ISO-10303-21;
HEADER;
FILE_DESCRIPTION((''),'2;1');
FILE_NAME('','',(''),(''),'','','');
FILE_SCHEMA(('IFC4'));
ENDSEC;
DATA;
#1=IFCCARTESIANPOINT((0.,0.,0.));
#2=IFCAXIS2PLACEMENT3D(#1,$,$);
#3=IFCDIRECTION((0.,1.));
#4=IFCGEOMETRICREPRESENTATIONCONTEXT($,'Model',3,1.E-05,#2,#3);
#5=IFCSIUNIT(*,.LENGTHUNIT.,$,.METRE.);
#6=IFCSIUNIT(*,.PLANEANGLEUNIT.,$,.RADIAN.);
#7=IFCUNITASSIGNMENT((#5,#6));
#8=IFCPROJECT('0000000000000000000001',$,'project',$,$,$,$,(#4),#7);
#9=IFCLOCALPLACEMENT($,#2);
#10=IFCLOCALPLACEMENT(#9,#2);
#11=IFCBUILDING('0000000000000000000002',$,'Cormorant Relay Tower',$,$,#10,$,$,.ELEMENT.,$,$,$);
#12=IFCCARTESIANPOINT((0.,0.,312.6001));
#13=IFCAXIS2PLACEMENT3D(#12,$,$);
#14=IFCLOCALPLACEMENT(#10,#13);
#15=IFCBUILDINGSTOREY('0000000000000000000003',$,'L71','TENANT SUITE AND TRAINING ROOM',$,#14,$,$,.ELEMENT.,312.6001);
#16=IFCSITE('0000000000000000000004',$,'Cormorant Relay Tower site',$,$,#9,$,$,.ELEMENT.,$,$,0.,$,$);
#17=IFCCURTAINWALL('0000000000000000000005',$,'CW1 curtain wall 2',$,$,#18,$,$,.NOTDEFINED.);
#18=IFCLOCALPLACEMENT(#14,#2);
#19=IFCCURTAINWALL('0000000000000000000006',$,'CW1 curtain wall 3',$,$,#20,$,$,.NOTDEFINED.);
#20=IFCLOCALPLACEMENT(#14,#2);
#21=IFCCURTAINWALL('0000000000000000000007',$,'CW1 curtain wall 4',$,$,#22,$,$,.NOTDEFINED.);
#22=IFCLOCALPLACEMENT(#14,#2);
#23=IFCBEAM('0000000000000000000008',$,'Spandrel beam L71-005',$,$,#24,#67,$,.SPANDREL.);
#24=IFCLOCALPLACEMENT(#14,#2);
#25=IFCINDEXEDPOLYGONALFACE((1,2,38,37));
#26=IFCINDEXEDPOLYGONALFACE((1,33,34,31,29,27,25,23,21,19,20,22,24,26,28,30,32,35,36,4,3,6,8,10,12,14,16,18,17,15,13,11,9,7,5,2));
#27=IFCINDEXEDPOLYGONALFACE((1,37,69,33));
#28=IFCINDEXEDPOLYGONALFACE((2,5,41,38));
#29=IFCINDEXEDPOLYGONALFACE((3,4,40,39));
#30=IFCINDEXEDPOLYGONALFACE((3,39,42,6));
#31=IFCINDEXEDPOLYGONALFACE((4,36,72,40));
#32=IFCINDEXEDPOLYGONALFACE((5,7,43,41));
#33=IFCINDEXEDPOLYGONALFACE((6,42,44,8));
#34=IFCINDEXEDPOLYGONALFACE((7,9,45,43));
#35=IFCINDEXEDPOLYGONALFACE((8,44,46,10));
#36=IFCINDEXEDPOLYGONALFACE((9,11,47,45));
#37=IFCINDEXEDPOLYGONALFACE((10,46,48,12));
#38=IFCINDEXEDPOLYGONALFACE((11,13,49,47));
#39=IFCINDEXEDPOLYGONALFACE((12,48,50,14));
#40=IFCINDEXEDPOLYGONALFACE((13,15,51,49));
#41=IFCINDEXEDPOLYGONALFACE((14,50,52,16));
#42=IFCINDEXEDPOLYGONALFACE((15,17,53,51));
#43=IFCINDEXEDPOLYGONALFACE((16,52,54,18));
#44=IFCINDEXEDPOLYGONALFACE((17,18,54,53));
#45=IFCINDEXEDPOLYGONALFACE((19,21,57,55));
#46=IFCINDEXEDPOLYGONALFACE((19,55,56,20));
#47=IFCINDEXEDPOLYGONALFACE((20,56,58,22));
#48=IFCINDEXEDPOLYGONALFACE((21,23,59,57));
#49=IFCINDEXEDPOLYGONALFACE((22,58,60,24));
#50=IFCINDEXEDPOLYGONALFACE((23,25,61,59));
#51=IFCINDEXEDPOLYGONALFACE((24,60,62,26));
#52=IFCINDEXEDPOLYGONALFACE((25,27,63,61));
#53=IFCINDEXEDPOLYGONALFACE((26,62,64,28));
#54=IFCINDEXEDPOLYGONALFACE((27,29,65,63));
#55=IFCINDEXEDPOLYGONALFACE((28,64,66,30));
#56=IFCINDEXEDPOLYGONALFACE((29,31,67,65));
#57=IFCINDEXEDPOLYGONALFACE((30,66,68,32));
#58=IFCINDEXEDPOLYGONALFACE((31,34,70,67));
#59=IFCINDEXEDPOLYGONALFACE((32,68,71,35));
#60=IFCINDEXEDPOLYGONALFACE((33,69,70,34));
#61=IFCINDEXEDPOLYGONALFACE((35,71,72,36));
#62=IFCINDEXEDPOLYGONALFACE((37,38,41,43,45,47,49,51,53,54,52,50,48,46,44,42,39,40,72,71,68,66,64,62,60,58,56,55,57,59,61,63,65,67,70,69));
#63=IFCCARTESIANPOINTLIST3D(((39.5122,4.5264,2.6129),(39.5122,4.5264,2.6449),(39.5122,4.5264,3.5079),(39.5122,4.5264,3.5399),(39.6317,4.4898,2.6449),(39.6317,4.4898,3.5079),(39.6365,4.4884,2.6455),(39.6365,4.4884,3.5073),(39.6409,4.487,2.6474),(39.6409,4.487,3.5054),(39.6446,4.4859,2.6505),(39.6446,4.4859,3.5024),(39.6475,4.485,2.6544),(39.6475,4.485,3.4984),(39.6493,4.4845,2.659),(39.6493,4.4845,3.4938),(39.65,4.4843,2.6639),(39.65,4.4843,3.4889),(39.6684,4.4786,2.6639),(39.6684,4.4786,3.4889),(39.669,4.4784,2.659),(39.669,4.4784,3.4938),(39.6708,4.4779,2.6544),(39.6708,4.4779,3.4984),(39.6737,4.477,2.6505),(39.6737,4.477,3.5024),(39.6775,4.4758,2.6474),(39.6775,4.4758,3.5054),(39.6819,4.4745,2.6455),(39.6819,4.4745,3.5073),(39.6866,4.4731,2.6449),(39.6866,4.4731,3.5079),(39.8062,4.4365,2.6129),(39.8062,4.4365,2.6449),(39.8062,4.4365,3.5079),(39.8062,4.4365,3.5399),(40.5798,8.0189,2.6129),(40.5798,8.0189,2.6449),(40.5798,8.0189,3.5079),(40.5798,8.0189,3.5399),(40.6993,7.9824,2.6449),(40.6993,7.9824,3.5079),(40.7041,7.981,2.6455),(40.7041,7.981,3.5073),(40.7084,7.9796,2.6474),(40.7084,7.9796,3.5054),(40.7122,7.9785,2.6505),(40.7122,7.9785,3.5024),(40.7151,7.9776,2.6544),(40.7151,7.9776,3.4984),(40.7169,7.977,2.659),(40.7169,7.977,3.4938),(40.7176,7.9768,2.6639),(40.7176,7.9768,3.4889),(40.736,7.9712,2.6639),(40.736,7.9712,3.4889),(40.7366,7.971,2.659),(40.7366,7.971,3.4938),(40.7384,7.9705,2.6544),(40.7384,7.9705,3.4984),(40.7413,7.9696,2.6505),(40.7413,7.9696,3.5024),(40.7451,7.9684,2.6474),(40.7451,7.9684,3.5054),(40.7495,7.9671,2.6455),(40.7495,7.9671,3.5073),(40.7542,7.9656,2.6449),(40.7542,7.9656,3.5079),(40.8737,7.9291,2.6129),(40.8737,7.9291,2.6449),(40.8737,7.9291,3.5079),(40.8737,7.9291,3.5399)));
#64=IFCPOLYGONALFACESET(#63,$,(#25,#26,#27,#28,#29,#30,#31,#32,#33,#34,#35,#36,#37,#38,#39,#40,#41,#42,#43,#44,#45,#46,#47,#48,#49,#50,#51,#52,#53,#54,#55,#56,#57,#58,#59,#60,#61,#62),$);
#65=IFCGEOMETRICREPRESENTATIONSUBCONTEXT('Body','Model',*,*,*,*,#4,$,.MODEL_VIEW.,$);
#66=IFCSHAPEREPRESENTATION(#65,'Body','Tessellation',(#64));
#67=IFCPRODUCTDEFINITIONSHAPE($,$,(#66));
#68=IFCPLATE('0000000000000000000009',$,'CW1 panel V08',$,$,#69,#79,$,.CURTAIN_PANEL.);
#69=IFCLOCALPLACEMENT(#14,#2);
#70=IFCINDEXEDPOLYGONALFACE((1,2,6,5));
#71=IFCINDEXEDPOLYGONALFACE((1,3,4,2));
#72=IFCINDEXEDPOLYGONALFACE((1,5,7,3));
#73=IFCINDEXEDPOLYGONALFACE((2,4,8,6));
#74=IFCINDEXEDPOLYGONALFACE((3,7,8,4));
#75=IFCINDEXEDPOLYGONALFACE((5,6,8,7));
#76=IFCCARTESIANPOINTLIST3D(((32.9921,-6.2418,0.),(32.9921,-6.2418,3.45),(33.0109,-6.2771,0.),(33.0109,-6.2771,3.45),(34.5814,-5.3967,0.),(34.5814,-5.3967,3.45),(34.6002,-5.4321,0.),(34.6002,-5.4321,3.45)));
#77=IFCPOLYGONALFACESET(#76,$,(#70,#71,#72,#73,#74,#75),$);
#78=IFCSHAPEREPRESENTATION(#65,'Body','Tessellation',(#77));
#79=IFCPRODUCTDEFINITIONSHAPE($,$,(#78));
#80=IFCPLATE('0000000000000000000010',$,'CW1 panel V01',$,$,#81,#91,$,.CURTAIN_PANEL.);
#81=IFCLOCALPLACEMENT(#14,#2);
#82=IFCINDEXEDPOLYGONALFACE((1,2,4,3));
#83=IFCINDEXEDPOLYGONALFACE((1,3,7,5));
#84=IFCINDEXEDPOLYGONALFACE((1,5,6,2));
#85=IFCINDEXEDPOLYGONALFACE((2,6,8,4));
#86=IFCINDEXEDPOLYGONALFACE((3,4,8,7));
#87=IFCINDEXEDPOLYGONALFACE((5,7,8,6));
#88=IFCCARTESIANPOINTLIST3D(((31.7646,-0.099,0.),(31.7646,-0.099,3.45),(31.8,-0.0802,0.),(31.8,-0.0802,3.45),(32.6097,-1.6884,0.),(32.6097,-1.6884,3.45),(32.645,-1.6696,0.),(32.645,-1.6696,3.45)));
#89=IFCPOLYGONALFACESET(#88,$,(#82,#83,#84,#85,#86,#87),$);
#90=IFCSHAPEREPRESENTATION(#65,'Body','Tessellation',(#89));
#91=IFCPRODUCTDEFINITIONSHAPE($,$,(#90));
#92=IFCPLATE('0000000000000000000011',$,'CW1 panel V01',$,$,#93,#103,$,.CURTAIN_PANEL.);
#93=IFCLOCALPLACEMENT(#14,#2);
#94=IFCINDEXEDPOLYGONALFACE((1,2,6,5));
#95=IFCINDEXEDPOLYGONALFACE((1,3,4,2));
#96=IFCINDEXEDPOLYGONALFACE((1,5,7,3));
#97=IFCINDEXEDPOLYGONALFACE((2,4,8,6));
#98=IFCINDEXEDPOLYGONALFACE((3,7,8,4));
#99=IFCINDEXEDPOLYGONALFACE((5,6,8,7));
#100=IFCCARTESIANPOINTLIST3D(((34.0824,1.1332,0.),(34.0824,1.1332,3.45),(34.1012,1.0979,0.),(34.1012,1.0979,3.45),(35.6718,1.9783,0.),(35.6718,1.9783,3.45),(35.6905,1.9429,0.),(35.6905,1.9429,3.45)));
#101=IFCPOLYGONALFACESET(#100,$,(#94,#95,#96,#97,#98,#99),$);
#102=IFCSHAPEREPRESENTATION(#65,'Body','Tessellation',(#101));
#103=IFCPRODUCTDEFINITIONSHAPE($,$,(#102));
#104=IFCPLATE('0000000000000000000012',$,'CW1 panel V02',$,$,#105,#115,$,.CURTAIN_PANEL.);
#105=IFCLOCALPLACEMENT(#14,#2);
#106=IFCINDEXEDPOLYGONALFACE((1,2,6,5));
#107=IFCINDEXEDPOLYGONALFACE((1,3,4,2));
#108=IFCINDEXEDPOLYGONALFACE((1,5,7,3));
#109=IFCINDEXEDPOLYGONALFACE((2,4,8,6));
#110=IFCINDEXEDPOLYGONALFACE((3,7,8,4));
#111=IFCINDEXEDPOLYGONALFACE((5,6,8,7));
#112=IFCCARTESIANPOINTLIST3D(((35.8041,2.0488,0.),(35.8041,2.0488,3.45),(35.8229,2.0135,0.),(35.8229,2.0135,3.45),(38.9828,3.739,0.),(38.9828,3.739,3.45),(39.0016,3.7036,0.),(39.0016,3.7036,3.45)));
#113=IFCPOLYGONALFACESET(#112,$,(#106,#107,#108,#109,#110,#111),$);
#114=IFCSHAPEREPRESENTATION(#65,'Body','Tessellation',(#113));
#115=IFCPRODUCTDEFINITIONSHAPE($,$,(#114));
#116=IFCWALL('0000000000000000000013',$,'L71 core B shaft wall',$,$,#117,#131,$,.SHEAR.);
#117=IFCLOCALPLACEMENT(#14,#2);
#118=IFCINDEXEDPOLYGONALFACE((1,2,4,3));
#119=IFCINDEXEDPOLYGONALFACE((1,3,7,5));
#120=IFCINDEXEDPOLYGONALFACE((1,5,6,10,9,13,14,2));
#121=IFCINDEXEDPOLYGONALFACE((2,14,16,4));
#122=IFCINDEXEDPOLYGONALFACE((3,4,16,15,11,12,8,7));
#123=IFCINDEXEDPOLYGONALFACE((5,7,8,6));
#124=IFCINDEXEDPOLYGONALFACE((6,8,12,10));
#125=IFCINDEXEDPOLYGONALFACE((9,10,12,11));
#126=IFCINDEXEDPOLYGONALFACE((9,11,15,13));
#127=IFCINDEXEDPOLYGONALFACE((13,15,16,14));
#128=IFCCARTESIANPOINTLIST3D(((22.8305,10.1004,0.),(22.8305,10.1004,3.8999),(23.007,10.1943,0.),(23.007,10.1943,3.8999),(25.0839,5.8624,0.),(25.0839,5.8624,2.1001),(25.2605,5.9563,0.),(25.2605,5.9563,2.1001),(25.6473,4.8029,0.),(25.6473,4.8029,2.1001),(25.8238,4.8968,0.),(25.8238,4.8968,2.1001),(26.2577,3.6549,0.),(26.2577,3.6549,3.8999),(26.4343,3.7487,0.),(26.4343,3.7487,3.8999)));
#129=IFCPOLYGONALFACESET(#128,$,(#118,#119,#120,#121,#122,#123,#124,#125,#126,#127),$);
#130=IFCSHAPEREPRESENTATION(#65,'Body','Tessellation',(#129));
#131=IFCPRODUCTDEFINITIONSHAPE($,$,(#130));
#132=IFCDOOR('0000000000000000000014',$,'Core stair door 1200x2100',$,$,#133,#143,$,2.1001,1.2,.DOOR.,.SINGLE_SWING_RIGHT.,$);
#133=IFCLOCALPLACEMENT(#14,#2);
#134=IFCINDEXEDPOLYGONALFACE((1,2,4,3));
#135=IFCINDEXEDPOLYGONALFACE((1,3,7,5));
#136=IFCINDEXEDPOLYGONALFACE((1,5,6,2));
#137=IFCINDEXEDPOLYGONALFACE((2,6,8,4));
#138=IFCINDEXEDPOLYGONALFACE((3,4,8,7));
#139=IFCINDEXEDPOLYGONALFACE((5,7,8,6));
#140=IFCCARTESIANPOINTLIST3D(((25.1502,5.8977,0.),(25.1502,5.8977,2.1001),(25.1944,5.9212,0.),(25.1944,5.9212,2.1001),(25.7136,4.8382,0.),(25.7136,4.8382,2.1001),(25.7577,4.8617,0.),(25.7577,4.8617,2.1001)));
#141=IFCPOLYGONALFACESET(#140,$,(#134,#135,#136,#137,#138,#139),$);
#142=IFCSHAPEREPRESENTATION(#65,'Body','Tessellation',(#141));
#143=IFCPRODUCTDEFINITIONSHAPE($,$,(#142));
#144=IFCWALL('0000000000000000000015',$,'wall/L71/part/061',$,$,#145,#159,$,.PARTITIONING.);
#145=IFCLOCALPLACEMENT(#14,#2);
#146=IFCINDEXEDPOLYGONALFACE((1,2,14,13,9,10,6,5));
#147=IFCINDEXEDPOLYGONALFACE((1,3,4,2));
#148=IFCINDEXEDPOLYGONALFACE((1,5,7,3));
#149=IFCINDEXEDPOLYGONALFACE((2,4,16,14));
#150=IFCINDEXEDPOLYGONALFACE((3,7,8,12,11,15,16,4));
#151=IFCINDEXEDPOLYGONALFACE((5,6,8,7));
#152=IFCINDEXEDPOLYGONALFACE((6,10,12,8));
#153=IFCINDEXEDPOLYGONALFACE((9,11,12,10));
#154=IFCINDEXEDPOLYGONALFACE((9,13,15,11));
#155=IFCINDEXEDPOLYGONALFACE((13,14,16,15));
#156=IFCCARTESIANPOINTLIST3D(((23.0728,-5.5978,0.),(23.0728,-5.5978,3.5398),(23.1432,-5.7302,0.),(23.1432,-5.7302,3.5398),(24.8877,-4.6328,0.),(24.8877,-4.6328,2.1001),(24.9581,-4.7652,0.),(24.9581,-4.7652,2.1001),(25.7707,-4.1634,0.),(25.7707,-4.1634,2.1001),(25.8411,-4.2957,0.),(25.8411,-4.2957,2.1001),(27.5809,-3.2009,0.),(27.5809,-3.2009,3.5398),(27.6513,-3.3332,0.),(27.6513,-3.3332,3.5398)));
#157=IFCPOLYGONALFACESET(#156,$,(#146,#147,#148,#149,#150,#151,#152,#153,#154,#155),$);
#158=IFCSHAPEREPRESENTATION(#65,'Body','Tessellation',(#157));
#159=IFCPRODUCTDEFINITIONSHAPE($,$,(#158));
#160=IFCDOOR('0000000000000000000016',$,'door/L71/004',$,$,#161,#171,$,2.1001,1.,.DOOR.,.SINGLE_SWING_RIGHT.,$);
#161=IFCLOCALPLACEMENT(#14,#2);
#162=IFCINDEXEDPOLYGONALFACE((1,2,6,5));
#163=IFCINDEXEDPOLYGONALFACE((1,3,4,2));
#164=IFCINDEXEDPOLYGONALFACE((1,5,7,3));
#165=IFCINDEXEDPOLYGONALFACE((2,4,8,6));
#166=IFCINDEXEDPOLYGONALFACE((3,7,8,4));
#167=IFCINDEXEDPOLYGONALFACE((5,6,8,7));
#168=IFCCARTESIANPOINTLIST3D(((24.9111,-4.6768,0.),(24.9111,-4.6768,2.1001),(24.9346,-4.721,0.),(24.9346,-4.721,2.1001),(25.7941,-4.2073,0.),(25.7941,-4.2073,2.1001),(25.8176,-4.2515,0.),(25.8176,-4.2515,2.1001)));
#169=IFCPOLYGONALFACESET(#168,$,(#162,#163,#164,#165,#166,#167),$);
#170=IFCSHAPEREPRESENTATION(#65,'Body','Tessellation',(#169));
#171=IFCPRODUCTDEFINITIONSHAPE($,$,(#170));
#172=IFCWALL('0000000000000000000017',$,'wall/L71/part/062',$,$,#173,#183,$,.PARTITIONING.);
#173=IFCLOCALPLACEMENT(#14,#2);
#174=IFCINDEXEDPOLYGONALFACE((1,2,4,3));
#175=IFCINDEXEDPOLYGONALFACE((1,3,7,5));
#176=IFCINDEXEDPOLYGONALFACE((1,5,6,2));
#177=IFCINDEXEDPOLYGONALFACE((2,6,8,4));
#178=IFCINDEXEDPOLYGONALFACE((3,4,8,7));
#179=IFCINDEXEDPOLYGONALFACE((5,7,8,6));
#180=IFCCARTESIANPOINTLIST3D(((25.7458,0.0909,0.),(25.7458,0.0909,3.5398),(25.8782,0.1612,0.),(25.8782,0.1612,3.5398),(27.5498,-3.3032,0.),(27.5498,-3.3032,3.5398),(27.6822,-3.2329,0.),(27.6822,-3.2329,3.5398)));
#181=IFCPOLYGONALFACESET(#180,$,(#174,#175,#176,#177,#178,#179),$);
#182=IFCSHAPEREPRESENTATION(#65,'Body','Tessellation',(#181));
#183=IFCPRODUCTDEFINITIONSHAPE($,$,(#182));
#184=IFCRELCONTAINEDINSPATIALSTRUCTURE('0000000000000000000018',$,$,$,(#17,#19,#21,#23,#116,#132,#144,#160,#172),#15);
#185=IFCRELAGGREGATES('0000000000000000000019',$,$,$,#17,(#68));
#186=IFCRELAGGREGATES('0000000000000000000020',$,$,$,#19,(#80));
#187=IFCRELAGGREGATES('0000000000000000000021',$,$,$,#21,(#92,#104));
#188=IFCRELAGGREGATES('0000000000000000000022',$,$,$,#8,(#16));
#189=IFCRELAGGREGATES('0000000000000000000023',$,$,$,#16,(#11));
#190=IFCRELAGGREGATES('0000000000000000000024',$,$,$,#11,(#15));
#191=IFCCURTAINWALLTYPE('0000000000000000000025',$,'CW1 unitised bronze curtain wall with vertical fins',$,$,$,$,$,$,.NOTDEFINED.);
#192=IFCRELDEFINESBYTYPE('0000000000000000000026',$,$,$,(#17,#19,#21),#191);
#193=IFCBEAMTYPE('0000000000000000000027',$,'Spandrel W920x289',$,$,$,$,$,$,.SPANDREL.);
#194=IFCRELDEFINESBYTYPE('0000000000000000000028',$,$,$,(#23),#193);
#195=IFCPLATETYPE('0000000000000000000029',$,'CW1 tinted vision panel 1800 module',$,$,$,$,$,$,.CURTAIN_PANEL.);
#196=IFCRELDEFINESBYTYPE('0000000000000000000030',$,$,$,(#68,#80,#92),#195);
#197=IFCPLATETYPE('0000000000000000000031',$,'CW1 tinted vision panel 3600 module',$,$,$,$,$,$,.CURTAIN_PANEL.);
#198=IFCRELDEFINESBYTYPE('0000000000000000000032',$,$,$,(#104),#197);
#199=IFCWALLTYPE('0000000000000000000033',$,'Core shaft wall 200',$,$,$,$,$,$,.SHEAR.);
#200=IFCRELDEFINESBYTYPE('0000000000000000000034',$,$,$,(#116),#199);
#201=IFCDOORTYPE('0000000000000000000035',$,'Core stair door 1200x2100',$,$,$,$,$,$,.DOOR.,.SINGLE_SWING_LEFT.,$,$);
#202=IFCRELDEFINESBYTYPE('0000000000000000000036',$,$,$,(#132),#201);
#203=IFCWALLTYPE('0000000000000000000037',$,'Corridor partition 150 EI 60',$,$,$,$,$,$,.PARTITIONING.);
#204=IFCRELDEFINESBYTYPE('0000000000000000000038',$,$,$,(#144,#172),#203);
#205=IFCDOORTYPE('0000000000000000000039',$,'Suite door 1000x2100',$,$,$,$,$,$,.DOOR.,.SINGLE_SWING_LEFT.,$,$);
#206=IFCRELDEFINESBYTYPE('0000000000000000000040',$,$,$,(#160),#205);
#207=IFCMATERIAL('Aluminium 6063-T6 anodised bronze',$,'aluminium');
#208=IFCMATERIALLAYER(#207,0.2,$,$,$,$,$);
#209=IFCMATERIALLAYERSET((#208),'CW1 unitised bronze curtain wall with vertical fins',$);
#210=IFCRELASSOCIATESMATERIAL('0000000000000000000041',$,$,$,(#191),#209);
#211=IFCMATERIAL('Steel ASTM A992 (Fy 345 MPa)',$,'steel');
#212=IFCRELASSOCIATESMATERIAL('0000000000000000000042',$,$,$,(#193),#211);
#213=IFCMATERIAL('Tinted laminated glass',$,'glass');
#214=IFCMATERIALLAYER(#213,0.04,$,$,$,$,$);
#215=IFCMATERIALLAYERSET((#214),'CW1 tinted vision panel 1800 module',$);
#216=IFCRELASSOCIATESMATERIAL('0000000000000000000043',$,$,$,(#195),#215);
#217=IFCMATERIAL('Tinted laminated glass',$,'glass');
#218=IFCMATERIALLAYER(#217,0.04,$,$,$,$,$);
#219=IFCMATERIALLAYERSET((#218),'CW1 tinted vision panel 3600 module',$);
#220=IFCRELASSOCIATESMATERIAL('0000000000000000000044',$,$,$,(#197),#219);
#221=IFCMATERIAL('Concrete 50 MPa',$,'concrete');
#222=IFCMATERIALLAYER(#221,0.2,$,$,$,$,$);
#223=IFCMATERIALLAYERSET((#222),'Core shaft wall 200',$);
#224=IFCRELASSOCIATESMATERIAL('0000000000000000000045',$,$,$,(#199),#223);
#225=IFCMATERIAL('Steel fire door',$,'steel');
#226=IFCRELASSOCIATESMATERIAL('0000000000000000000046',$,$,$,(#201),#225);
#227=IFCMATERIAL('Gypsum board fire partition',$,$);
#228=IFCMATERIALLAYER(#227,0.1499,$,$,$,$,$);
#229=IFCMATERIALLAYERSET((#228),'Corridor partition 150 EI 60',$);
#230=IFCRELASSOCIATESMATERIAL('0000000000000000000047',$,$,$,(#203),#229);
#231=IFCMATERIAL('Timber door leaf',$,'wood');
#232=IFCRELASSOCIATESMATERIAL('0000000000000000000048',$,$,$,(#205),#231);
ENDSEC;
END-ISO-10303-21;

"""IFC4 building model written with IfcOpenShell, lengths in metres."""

from ifc_helpers import new_model, si_unit, direction, frame, frame_2d, origin, origin_2d, place, context, subcontext, project, spatial, rectangle, i_section, extrude, material, layer, layer_set, material_profile, profile_set, type_object, element, fill, aggregate, save


model = new_model("IFC4")

# Units and contexts
model_context = context("Model", 3, precision=1e-05, world=origin(), true_north=direction((0.0, 1.0)))
body_context = subcontext(model_context, "Body", "Model", "MODEL_VIEW")
ifc_project = project(units=[si_unit("LENGTHUNIT", "METRE"), si_unit("PLANEANGLEUNIT", "RADIAN")], contexts=[model_context])

# Site, building, storey
site_placement = place(None, origin())
site = spatial("IfcSite", under=ifc_project, at=site_placement, Name="Cormorant Relay Tower site", CompositionType="ELEMENT", RefElevation=0.0)
building_placement = place(site_placement, origin())
building = spatial("IfcBuilding", under=site, at=building_placement, Name="Cormorant Relay Tower", CompositionType="ELEMENT")
storey_placement = place(building_placement, frame((0.0, 0.0, 312.6001)))
storey = spatial("IfcBuildingStorey", under=building, at=storey_placement, Name="L71", Description="TENANT SUITE AND TRAINING ROOM", CompositionType="ELEMENT", Elevation=312.6001)

# Curtain walls
ifc_material_1 = material(Name="Aluminium 6063-T6 anodised bronze", Category="aluminium")
ifc_layer_1 = layer(ifc_material_1, 0.2)
ifc_layer_set_1 = layer_set([ifc_layer_1], Name="CW1 unitised bronze curtain wall with vertical fins")
curtain_wall_type = type_object("IfcCurtainWallType", Name="CW1 unitised bronze curtain wall with vertical fins", PredefinedType="NOTDEFINED", material=ifc_layer_set_1)
curtain_wall_1_placement = place(storey_placement, origin())
curtain_wall_1 = element("IfcCurtainWall", 1, at=curtain_wall_1_placement, inside=storey, type_object=curtain_wall_type, Name="CW1 curtain wall 2", PredefinedType="NOTDEFINED")
curtain_wall_2_placement = place(storey_placement, origin())
curtain_wall_2 = element("IfcCurtainWall", 2, at=curtain_wall_2_placement, inside=storey, type_object=curtain_wall_type, Name="CW1 curtain wall 3", PredefinedType="NOTDEFINED")

# Curtain wall
curtain_wall_3_placement = place(storey_placement, origin())
curtain_wall_3 = element("IfcCurtainWall", 3, at=curtain_wall_3_placement, inside=storey, type_object=curtain_wall_type, Name="CW1 curtain wall 4", PredefinedType="NOTDEFINED")

# Beam
ifc_material_2 = material(Name="Steel ASTM A992 (Fy 345 MPa)", Category="steel")
ifc_material_profile_1 = material_profile(ifc_material_2, i_section(OverallWidth=0.3074, OverallDepth=0.927, WebThickness=0.0193, FlangeThickness=0.032, FilletRadius=0.019, at=origin_2d()), Name="W920x289")
ifc_profile_set_1 = profile_set([ifc_material_profile_1], Name="Steel ASTM A992 (Fy 345 MPa)")
beam_type = type_object("IfcBeamType", Name="Spandrel W920x289", PredefinedType="SPANDREL", material=ifc_profile_set_1)
beam_1_placement = place(storey_placement, frame((39.6592, 4.4814, 3.0764), z_axis=(0.292324, 0.956319, 0.0), x_axis=(-0.956319, 0.292324, 0.0)))
element("IfcBeam", 4, at=beam_1_placement, inside=storey, type_object=beam_type, Name="Spandrel beam L71-005", PredefinedType="SPANDREL", context=body_context, shape_type="SweptSolid", body=[
    extrude(i_section(OverallWidth=0.3074, OverallDepth=0.927, WebThickness=0.0193, FlangeThickness=0.032, FilletRadius=0.019, at=origin_2d()), origin(), (0.0, 0.0, 1.0), 3.6521),
])

# Plates
ifc_material_3 = material(Name="Tinted laminated glass", Category="glass")
ifc_layer_2 = layer(ifc_material_3, 0.04)
ifc_layer_set_2 = layer_set([ifc_layer_2], Name="CW1 tinted vision panel 1800 module")
plate_type_1 = type_object("IfcPlateType", Name="CW1 tinted vision panel 1800 module", PredefinedType="CURTAIN_PANEL", material=ifc_layer_set_2)
plate_1_placement = place(storey_placement, frame((33.7961, -5.8369, 0.0), z_axis=(0.0, 0.0, 1.0), x_axis=(0.882948, 0.469472, 0.0)))
plate_1 = element("IfcPlate", 5, at=plate_1_placement, type_object=plate_type_1, Name="CW1 panel V08", PredefinedType="CURTAIN_PANEL", context=body_context, shape_type="SweptSolid", body=[
    extrude(rectangle(XDim=1.8, YDim=0.04, at=origin_2d()), origin(), (0.0, 0.0, 1.0), 3.45),
])
plate_2_placement = place(storey_placement, frame((32.2048, -0.8843, 0.0), z_axis=(0.0, 0.0, 1.0), x_axis=(-0.469472, 0.882948, 0.0)))
plate_2 = element("IfcPlate", 6, at=plate_2_placement, type_object=plate_type_1, Name="CW1 panel V01", PredefinedType="CURTAIN_PANEL", context=body_context, shape_type="SweptSolid", body=[
    extrude(rectangle(XDim=1.8, YDim=0.04, at=origin_2d()), origin(), (0.0, 0.0, 1.0), 3.45),
])
plate_3_placement = place(storey_placement, frame((34.8865, 1.5381, 0.0), z_axis=(0.0, 0.0, 1.0), x_axis=(0.882948, 0.469472, 0.0)))
plate_3 = element("IfcPlate", 7, at=plate_3_placement, type_object=plate_type_1, Name="CW1 panel V01", PredefinedType="CURTAIN_PANEL", context=body_context, shape_type="SweptSolid", body=[
    extrude(rectangle(XDim=1.8, YDim=0.04, at=origin_2d()), origin(), (0.0, 0.0, 1.0), 3.45),
])
ifc_material_4 = material(Name="Tinted laminated glass", Category="glass")
ifc_layer_3 = layer(ifc_material_4, 0.04)
ifc_layer_set_3 = layer_set([ifc_layer_3], Name="CW1 tinted vision panel 3600 module")
plate_type_2 = type_object("IfcPlateType", Name="CW1 tinted vision panel 3600 module", PredefinedType="CURTAIN_PANEL", material=ifc_layer_set_3)
plate_4_placement = place(storey_placement, frame((37.4028, 2.8762, 0.0), z_axis=(0.0, 0.0, 1.0), x_axis=(0.882948, 0.469472, 0.0)))
plate_4 = element("IfcPlate", 8, at=plate_4_placement, type_object=plate_type_2, Name="CW1 panel V02", PredefinedType="CURTAIN_PANEL", context=body_context, shape_type="SweptSolid", body=[
    extrude(rectangle(XDim=3.6001, YDim=0.04, at=origin_2d()), origin(), (0.0, 0.0, 1.0), 3.45),
])

# Walls, openings, doors
ifc_material_5 = material(Name="Concrete 50 MPa", Category="concrete")
ifc_layer_4 = layer(ifc_material_5, 0.2)
ifc_layer_set_4 = layer_set([ifc_layer_4], Name="Core shaft wall 200")
wall_type_1 = type_object("IfcWallType", Name="Core shaft wall 200", PredefinedType="SHEAR", material=ifc_layer_set_4)
wall_1_placement = place(storey_placement, frame((26.3459, 3.7019, 0.0), z_axis=(0.0, 0.0, 1.0), x_axis=(-0.46948, 0.882943, 0.0)))
wall_1 = element("IfcWall", 9, at=wall_1_placement, inside=storey, type_object=wall_type_1, Name="L71 core B shaft wall", PredefinedType="SHEAR", context=body_context, shape_type="SweptSolid", body=[
    extrude(rectangle(XDim=7.3, YDim=0.2, at=frame_2d((3.6499, 0.0))), origin(), (0.0, 0.0, 1.0), 3.8999),
])
opening_1_placement = place(wall_1_placement, frame((1.3, 0.0, 0.0)))
opening_1 = element("IfcOpeningElement", 10, at=opening_1_placement, cuts=wall_1, PredefinedType="OPENING", context=body_context, shape_type="SweptSolid", body=[
    extrude(rectangle(XDim=1.2, YDim=2.1001, at=frame_2d((0.6001, 1.05))), frame((0.0, 0.1099, 0.0), z_axis=(0.0, -1.0, 0.0), x_axis=(1.0, 0.0, 0.0)), (0.0, 0.0, 1.0), 0.22),
])
ifc_material_6 = material(Name="Steel fire door", Category="steel")
door_type_1 = type_object("IfcDoorType", Name="Core stair door 1200x2100", OperationType="SINGLE_SWING_LEFT", PredefinedType="DOOR", material=ifc_material_6)
door_1_placement = place(opening_1_placement, origin())
door_1 = element("IfcDoor", 11, at=door_1_placement, inside=storey, type_object=door_type_1, Name="Core stair door 1200x2100", OperationType="SINGLE_SWING_RIGHT", OverallHeight=2.1001, OverallWidth=1.2, PredefinedType="DOOR", context=body_context, shape_type="SweptSolid", body=[
    extrude(rectangle(XDim=1.2, YDim=2.1001, at=frame_2d((0.6001, 1.05))), frame((0.0, 0.0249, 0.0), z_axis=(0.0, -1.0, 0.0), x_axis=(1.0, 0.0, 0.0)), (0.0, 0.0, 1.0), 0.05),
])
fill(opening_1, door_1)
ifc_material_7 = material(Name="Gypsum board fire partition")
ifc_layer_5 = layer(ifc_material_7, 0.1499)
ifc_layer_set_5 = layer_set([ifc_layer_5], Name="Corridor partition 150 EI 60")
wall_type_2 = type_object("IfcWallType", Name="Corridor partition 150 EI 60", PredefinedType="PARTITIONING", material=ifc_layer_set_5)
wall_2_placement = place(storey_placement, frame((27.616, -3.2671, 0.0), z_axis=(0.0, 0.0, 1.0), x_axis=(-0.882948, -0.469471, 0.0)))
wall_2 = element("IfcWall", 12, at=wall_2_placement, inside=storey, type_object=wall_type_2, Name="wall/L71/part/061", PredefinedType="PARTITIONING", context=body_context, shape_type="SweptSolid", body=[
    extrude(rectangle(XDim=5.1057, YDim=0.1499, at=frame_2d((2.5527, 0.0))), origin(), (0.0, 0.0, 1.0), 3.5398),
])
opening_2_placement = place(wall_2_placement, frame((2.05, 0.0, 0.0)))
opening_2 = element("IfcOpeningElement", 13, at=opening_2_placement, cuts=wall_2, PredefinedType="OPENING", context=body_context, shape_type="SweptSolid", body=[
    extrude(rectangle(XDim=1.0, YDim=2.1001, at=frame_2d((0.5, 1.05))), frame((0.0, 0.085, 0.0), z_axis=(0.0, -1.0, 0.0), x_axis=(1.0, 0.0, 0.0)), (0.0, 0.0, 1.0), 0.1699),
])
ifc_material_8 = material(Name="Timber door leaf", Category="wood")
door_type_2 = type_object("IfcDoorType", Name="Suite door 1000x2100", OperationType="SINGLE_SWING_LEFT", PredefinedType="DOOR", material=ifc_material_8)
door_2_placement = place(opening_2_placement, origin())
door_2 = element("IfcDoor", 14, at=door_2_placement, inside=storey, type_object=door_type_2, Name="door/L71/004", OperationType="SINGLE_SWING_RIGHT", OverallHeight=2.1001, OverallWidth=1.0, PredefinedType="DOOR", context=body_context, shape_type="SweptSolid", body=[
    extrude(rectangle(XDim=1.0, YDim=2.1001, at=frame_2d((0.5, 1.05))), frame((0.0, 0.0249, 0.0), z_axis=(0.0, -1.0, 0.0), x_axis=(1.0, 0.0, 0.0)), (0.0, 0.0, 1.0), 0.05),
])
fill(opening_2, door_2)

# Wall
wall_3_placement = place(storey_placement, frame((27.616, -3.2681, 0.0), z_axis=(0.0, 0.0, 1.0), x_axis=(-0.469332, 0.883022, 0.0)))
element("IfcWall", 15, at=wall_3_placement, inside=storey, type_object=wall_type_2, Name="wall/L71/part/062", PredefinedType="PARTITIONING", context=body_context, shape_type="SweptSolid", body=[
    extrude(rectangle(XDim=3.8438, YDim=0.1499, at=frame_2d((1.9219, 0.0))), origin(), (0.0, 0.0, 1.0), 3.5398),
])

aggregate(curtain_wall_1, [plate_1])
aggregate(curtain_wall_2, [plate_2])
aggregate(curtain_wall_3, [plate_3, plate_4])

save(model, "model.ifc")
